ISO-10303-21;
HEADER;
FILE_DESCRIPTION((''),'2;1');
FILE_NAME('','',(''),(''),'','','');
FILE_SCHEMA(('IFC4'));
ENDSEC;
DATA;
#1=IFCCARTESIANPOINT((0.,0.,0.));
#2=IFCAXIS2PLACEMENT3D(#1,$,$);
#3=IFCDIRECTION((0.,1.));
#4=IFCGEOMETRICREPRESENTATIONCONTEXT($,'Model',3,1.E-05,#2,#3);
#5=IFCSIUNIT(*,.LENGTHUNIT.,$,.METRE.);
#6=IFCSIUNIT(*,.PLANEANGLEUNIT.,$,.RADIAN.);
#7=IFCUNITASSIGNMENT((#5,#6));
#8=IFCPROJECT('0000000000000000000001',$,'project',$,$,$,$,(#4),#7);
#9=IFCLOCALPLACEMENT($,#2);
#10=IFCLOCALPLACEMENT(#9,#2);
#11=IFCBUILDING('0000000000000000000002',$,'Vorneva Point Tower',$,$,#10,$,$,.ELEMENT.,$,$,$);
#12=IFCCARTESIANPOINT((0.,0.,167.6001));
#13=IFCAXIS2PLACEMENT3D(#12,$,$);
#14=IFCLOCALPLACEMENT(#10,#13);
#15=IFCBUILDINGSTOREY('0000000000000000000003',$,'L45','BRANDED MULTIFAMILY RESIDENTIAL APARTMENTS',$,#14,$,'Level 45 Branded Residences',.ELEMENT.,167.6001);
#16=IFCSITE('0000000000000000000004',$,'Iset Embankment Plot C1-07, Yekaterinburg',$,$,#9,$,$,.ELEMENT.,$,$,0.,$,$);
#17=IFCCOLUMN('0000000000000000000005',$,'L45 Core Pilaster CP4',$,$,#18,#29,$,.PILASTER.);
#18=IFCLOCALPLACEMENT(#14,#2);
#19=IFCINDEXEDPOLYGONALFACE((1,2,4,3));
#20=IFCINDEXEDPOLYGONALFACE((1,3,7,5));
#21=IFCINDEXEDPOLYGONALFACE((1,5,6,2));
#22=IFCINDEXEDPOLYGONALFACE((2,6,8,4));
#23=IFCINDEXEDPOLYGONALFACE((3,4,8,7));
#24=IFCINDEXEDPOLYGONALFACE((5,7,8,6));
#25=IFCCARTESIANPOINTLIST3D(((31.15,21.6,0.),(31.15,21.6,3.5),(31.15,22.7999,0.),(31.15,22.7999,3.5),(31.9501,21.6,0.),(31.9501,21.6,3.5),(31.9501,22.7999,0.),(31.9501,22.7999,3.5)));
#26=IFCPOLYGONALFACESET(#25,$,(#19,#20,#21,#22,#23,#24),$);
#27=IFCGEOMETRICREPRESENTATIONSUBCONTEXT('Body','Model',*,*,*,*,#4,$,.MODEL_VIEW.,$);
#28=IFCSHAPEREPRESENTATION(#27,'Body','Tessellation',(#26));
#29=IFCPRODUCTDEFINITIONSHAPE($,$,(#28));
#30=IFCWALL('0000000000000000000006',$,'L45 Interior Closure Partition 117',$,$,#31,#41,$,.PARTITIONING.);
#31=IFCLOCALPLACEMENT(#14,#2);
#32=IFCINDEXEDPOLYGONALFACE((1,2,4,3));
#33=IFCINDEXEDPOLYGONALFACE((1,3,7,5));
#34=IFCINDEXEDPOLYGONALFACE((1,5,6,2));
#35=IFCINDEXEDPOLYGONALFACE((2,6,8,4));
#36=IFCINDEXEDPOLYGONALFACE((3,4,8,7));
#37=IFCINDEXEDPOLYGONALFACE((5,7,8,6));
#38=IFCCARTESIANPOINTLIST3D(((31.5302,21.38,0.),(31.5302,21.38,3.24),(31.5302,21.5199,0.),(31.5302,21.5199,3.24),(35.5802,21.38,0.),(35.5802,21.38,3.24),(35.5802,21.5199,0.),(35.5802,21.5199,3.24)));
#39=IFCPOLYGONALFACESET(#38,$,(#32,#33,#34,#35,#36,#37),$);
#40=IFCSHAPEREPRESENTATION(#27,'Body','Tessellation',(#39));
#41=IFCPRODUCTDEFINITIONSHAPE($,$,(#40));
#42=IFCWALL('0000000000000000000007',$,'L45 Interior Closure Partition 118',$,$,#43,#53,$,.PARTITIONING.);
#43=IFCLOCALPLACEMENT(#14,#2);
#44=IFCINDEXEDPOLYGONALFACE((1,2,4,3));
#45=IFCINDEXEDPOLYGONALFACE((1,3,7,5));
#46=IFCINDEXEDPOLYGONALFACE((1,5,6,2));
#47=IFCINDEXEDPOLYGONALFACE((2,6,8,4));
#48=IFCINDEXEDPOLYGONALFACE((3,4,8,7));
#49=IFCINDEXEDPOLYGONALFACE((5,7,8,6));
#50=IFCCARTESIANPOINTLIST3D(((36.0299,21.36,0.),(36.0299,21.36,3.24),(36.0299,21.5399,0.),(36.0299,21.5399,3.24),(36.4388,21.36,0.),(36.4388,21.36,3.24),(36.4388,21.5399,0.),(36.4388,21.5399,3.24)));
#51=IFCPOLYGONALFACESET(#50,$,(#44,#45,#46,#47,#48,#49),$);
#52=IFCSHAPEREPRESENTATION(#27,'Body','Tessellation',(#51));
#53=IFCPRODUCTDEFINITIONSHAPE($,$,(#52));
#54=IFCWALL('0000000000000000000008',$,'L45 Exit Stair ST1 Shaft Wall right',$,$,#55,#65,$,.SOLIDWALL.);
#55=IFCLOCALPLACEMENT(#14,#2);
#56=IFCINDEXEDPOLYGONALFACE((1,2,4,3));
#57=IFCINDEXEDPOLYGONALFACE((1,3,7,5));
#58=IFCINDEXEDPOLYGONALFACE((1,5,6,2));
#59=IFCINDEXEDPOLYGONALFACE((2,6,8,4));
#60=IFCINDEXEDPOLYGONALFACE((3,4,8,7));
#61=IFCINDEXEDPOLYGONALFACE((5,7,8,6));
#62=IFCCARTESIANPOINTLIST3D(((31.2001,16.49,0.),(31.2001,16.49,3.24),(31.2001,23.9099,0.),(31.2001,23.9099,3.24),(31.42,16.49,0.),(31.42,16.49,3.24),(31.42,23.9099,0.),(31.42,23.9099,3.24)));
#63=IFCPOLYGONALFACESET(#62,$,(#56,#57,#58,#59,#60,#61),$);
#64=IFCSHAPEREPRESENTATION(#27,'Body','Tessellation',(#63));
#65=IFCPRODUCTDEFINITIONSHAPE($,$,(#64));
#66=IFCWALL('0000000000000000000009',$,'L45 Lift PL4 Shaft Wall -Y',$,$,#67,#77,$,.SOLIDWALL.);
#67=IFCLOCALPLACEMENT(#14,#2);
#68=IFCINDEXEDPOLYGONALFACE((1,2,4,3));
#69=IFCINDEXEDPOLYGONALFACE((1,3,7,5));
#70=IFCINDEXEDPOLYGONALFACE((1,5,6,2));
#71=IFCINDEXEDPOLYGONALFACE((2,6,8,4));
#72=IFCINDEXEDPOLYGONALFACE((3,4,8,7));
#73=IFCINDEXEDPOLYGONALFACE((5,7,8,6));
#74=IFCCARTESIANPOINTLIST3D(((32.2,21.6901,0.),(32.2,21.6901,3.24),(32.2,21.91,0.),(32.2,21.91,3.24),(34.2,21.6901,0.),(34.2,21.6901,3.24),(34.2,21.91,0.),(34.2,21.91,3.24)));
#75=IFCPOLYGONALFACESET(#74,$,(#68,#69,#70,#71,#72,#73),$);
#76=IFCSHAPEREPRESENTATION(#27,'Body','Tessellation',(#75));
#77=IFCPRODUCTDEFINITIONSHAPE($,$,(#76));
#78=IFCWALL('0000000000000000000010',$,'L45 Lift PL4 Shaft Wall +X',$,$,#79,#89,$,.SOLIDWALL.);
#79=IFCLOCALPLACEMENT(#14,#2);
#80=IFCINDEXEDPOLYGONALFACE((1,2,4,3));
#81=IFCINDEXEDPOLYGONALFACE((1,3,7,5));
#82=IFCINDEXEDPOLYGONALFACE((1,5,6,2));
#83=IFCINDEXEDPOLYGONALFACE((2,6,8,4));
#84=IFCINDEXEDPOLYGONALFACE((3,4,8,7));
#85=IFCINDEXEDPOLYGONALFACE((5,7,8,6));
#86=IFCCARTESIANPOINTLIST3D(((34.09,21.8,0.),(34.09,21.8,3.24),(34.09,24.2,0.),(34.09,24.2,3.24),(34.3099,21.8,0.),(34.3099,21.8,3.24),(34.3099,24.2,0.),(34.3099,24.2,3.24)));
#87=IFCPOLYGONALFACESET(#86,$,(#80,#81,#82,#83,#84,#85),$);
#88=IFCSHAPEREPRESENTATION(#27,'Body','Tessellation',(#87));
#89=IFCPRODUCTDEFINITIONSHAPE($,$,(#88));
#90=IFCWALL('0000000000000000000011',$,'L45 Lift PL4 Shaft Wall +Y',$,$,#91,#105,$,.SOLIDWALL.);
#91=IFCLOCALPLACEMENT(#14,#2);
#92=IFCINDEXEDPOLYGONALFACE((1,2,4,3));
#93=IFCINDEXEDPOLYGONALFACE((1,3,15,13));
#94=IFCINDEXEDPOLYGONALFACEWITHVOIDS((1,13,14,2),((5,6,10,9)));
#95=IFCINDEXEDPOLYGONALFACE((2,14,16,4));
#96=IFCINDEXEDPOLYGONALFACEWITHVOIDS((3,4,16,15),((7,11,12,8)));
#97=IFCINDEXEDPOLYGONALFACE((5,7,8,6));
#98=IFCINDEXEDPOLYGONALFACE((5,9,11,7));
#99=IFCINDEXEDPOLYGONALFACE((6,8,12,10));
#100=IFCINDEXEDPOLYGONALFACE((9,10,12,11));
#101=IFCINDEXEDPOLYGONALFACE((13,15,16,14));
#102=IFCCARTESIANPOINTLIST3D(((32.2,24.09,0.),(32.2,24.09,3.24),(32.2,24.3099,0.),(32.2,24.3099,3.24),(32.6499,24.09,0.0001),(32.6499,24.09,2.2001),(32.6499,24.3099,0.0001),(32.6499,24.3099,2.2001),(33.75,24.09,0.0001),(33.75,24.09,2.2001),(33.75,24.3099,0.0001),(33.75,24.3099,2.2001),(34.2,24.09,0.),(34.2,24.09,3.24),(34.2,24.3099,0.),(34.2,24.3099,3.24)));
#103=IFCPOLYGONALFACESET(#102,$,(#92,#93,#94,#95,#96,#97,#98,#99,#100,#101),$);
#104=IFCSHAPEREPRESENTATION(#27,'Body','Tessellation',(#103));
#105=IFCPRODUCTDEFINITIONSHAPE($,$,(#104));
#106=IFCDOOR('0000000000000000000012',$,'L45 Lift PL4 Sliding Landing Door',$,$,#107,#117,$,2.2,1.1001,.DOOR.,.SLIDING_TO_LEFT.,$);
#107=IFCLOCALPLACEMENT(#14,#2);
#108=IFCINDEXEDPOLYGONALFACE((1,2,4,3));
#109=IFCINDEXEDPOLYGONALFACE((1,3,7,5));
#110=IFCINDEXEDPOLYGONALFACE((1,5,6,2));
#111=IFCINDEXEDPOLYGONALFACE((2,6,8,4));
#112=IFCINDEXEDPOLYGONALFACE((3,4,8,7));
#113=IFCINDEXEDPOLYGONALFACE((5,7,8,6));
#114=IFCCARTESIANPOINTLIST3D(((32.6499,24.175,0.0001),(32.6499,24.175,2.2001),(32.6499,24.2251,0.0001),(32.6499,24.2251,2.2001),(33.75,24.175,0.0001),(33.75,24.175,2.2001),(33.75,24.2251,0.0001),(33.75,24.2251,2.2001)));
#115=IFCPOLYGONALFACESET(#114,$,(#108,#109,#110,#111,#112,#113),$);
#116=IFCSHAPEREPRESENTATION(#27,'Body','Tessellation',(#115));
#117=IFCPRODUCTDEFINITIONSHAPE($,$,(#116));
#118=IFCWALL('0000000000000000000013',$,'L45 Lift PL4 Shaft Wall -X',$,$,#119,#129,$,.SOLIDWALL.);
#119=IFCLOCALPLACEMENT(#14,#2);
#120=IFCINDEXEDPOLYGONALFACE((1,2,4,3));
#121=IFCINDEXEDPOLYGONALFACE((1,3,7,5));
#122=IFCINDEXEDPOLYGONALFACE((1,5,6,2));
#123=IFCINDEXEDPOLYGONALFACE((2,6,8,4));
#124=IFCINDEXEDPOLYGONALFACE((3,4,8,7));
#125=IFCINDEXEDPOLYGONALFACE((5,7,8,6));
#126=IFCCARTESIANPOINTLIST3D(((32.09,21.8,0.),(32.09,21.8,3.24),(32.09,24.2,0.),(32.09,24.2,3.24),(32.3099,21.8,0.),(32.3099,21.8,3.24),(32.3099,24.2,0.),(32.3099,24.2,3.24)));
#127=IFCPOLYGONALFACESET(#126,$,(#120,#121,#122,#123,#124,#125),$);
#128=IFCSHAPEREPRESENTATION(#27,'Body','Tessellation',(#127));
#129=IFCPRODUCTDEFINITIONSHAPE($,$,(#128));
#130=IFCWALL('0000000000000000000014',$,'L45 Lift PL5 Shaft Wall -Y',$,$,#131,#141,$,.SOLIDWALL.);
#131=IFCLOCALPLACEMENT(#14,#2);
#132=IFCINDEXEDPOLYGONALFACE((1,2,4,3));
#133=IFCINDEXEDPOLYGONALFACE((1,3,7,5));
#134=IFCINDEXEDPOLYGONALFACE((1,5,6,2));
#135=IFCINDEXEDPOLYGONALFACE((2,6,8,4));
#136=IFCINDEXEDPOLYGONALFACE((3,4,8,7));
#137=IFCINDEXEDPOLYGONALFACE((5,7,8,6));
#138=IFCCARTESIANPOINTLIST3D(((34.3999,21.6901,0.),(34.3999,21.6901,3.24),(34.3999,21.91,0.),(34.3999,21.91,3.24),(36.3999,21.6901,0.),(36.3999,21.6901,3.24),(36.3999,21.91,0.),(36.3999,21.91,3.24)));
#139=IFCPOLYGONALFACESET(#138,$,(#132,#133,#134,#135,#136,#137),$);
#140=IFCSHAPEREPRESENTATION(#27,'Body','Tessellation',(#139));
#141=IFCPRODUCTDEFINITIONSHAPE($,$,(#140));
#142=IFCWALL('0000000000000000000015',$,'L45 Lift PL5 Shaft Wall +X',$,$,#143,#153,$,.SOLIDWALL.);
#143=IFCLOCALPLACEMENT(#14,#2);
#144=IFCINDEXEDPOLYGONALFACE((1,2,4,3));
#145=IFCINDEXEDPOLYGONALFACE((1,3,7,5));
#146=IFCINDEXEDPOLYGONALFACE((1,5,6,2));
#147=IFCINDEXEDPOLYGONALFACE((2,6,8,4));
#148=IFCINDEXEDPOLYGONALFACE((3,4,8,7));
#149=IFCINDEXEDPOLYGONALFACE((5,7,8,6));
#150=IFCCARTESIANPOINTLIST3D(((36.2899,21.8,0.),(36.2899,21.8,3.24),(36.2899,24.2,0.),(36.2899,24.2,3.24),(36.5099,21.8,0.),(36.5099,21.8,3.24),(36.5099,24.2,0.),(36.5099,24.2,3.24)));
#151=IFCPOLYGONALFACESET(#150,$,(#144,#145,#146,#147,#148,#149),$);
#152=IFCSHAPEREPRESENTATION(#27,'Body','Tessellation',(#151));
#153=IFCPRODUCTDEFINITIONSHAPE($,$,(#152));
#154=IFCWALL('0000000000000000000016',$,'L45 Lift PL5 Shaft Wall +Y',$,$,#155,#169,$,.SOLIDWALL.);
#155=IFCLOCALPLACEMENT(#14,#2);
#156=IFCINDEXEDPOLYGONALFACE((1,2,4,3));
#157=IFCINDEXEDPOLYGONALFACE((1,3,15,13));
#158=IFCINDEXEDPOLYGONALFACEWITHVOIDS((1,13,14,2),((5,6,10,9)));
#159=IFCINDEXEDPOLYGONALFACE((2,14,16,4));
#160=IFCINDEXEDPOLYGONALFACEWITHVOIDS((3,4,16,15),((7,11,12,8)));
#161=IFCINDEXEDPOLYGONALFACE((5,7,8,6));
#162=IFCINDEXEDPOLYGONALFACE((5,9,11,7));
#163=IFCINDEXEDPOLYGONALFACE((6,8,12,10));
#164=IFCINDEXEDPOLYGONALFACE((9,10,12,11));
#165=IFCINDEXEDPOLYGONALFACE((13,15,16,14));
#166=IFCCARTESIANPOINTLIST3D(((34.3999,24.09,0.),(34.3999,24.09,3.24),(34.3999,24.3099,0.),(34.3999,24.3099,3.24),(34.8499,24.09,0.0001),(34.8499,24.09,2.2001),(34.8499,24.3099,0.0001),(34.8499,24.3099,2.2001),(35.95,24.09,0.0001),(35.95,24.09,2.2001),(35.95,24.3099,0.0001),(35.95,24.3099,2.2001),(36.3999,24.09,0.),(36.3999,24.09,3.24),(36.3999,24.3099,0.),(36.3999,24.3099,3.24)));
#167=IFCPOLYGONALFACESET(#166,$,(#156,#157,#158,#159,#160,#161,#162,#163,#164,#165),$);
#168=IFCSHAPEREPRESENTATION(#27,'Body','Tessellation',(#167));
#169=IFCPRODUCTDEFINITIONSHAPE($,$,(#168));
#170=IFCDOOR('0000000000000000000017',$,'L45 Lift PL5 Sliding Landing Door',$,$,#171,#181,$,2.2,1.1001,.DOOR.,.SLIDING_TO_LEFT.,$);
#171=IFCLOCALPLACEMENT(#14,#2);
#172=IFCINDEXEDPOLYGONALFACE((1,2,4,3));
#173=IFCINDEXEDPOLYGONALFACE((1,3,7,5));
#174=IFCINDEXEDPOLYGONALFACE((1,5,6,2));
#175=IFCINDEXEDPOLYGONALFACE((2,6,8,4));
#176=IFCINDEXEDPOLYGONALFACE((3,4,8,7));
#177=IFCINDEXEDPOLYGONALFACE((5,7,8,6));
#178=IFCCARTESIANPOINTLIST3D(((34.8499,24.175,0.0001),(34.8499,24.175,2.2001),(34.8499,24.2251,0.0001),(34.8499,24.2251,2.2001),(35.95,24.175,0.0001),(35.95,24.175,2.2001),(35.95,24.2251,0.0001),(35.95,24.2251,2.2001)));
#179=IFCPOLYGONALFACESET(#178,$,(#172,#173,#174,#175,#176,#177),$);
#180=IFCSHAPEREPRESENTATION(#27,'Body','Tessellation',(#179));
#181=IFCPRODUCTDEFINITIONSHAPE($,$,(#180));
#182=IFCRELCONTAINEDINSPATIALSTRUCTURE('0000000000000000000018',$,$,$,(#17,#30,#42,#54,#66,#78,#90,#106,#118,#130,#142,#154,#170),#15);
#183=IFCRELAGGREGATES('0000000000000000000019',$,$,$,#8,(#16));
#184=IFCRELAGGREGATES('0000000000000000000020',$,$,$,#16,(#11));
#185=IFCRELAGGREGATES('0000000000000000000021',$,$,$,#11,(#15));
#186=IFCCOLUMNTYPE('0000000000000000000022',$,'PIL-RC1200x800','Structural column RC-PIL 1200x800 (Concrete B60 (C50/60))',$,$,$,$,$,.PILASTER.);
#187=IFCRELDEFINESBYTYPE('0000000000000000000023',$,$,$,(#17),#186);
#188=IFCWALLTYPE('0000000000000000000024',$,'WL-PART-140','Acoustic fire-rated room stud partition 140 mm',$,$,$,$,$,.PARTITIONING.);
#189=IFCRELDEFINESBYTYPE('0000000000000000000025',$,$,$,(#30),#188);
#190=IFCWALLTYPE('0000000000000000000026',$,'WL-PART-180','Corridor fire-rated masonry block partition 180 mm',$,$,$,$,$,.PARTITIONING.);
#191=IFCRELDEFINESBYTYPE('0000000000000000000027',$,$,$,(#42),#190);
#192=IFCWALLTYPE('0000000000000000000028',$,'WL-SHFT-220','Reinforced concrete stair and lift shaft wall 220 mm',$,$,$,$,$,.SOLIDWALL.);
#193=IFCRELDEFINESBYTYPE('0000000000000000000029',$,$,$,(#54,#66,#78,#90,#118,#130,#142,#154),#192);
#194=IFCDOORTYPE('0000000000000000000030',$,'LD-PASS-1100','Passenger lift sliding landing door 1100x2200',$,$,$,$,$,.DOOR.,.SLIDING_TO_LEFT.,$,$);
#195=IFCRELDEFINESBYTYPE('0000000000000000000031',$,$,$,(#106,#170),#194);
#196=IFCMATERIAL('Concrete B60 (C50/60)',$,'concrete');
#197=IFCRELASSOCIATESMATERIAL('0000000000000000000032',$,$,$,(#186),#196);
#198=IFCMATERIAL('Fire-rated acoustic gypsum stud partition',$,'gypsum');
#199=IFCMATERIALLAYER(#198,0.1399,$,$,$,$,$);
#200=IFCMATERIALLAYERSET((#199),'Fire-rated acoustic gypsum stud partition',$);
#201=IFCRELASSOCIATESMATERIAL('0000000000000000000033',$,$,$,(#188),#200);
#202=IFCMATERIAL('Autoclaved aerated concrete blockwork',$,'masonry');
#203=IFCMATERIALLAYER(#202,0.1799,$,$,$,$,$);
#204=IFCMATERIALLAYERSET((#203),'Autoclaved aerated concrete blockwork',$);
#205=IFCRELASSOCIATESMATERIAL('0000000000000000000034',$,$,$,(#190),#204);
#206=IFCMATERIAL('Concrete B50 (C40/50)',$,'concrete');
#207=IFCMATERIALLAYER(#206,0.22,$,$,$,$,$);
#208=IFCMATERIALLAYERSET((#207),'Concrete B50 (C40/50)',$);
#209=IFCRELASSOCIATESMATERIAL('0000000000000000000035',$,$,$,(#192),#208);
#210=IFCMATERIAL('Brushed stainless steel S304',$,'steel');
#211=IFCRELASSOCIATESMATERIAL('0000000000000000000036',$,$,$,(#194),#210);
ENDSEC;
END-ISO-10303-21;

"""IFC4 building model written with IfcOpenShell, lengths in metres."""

from ifc_helpers import new_model, si_unit, direction, frame, frame_2d, origin, origin_2d, place, context, subcontext, project, spatial, rectangle, extrude, material, layer, layer_set, material_profile, profile_set, type_object, element, fill, save


model = new_model("IFC4")

# Units and contexts
model_context = context("Model", 3, precision=1e-05, world=origin(), true_north=direction((0.0, 1.0)))
body_context = subcontext(model_context, "Body", "Model", "MODEL_VIEW")
ifc_project = project(units=[si_unit("LENGTHUNIT", "METRE"), si_unit("PLANEANGLEUNIT", "RADIAN")], contexts=[model_context])

# Site, building, storey
site_placement = place(None, origin())
site = spatial("IfcSite", under=ifc_project, at=site_placement, Name="Iset Embankment Plot C1-07, Yekaterinburg", CompositionType="ELEMENT", RefElevation=0.0)
building_placement = place(site_placement, origin())
building = spatial("IfcBuilding", under=site, at=building_placement, Name="Vorneva Point Tower", CompositionType="ELEMENT")
storey_placement = place(building_placement, frame((0.0, 0.0, 167.6001)))
storey = spatial("IfcBuildingStorey", under=building, at=storey_placement, Name="L45", Description="BRANDED MULTIFAMILY RESIDENTIAL APARTMENTS", LongName="Level 45 Branded Residences", CompositionType="ELEMENT", Elevation=167.6001)

# Column
ifc_material_1 = material(Name="Concrete B60 (C50/60)", Category="concrete")
ifc_material_profile = material_profile(ifc_material_1, rectangle(XDim=0.8, YDim=1.2, at=origin_2d()), Name="RC-PIL 1200x800")
ifc_profile_set = profile_set([ifc_material_profile], Name="Concrete B60 (C50/60)")
column_type = type_object("IfcColumnType", Name="PIL-RC1200x800", Description="Structural column RC-PIL 1200x800 (Concrete B60 (C50/60))", PredefinedType="PILASTER", material=ifc_profile_set)
column_placement = place(storey_placement, frame((31.55, 22.2, 0.0), z_axis=(0.0, 0.0, 1.0), x_axis=(1.0, 0.0, 0.0)))
element("IfcColumn", 1, at=column_placement, inside=storey, type_object=column_type, Name="L45 Core Pilaster CP4", PredefinedType="PILASTER", context=body_context, shape_type="SweptSolid", body=[
    extrude(rectangle(XDim=0.8, YDim=1.2, at=origin_2d()), origin(), (0.0, 0.0, 1.0), 3.5),
])

# Wall
ifc_material_2 = material(Name="Fire-rated acoustic gypsum stud partition", Category="gypsum")
ifc_layer_1 = layer(ifc_material_2, 0.1399)
ifc_layer_set_1 = layer_set([ifc_layer_1], Name="Fire-rated acoustic gypsum stud partition")
wall_type_1 = type_object("IfcWallType", Name="WL-PART-140", Description="Acoustic fire-rated room stud partition 140 mm", PredefinedType="PARTITIONING", material=ifc_layer_set_1)
wall_1_placement = place(storey_placement, frame((35.5801, 21.45, 0.0), z_axis=(0.0, 0.0, 1.0), x_axis=(-1.0, 0.0, 0.0)))
element("IfcWall", 2, at=wall_1_placement, inside=storey, type_object=wall_type_1, Name="L45 Interior Closure Partition 117", PredefinedType="PARTITIONING", context=body_context, shape_type="SweptSolid", body=[
    extrude(rectangle(XDim=4.05, YDim=0.1399, at=frame_2d((2.0249, 0.0))), origin(), (0.0, 0.0, 1.0), 3.24),
])

# Shared definitions
ifc_material_3 = material(Name="Autoclaved aerated concrete blockwork", Category="masonry")
ifc_layer_2 = layer(ifc_material_3, 0.1799)
ifc_layer_set_2 = layer_set([ifc_layer_2], Name="Autoclaved aerated concrete blockwork")
wall_type_2 = type_object("IfcWallType", Name="WL-PART-180", Description="Corridor fire-rated masonry block partition 180 mm", PredefinedType="PARTITIONING", material=ifc_layer_set_2)

# Wall
wall_2_placement = place(storey_placement, frame((36.439, 21.45, 0.0), z_axis=(0.0, 0.0, 1.0), x_axis=(-1.0, 0.0, 0.0)))
element("IfcWall", 3, at=wall_2_placement, inside=storey, type_object=wall_type_2, Name="L45 Interior Closure Partition 118", PredefinedType="PARTITIONING", context=body_context, shape_type="SweptSolid", body=[
    extrude(rectangle(XDim=0.4089, YDim=0.1799, at=frame_2d((0.2046, 0.0))), origin(), (0.0, 0.0, 1.0), 3.24),
])

# Shared definitions
ifc_material_4 = material(Name="Concrete B50 (C40/50)", Category="concrete")
ifc_layer_3 = layer(ifc_material_4, 0.22)
ifc_layer_set_3 = layer_set([ifc_layer_3], Name="Concrete B50 (C40/50)")
wall_type_3 = type_object("IfcWallType", Name="WL-SHFT-220", Description="Reinforced concrete stair and lift shaft wall 220 mm", PredefinedType="SOLIDWALL", material=ifc_layer_set_3)

# Walls
wall_3_placement = place(storey_placement, frame((31.3101, 23.9099, 0.0), z_axis=(0.0, 0.0, 1.0), x_axis=(0.0, -1.0, 0.0)))
element("IfcWall", 4, at=wall_3_placement, inside=storey, type_object=wall_type_3, Name="L45 Exit Stair ST1 Shaft Wall right", PredefinedType="SOLIDWALL", context=body_context, shape_type="SweptSolid", body=[
    extrude(rectangle(XDim=7.4199, YDim=0.22, at=frame_2d((3.71, 0.0))), origin(), (0.0, 0.0, 1.0), 3.24),
])
wall_4_placement = place(storey_placement, frame((32.2, 21.8, 0.0), z_axis=(0.0, 0.0, 1.0), x_axis=(1.0, 0.0, 0.0)))
element("IfcWall", 5, at=wall_4_placement, inside=storey, type_object=wall_type_3, Name="L45 Lift PL4 Shaft Wall -Y", PredefinedType="SOLIDWALL", context=body_context, shape_type="SweptSolid", body=[
    extrude(rectangle(XDim=2.0, YDim=0.22, at=frame_2d((1.0, 0.0))), origin(), (0.0, 0.0, 1.0), 3.24),
])
wall_5_placement = place(storey_placement, frame((34.2, 21.8, 0.0), z_axis=(0.0, 0.0, 1.0), x_axis=(0.0, 1.0, 0.0)))
element("IfcWall", 6, at=wall_5_placement, inside=storey, type_object=wall_type_3, Name="L45 Lift PL4 Shaft Wall +X", PredefinedType="SOLIDWALL", context=body_context, shape_type="SweptSolid", body=[
    extrude(rectangle(XDim=2.3999, YDim=0.22, at=frame_2d((1.2, 0.0))), origin(), (0.0, 0.0, 1.0), 3.24),
])

# Wall, opening, door
wall_6_placement = place(storey_placement, frame((34.2, 24.2, 0.0), z_axis=(0.0, 0.0, 1.0), x_axis=(-1.0, 0.0, 0.0)))
wall_6 = element("IfcWall", 7, at=wall_6_placement, inside=storey, type_object=wall_type_3, Name="L45 Lift PL4 Shaft Wall +Y", PredefinedType="SOLIDWALL", context=body_context, shape_type="SweptSolid", body=[
    extrude(rectangle(XDim=2.0, YDim=0.22, at=frame_2d((1.0, 0.0))), origin(), (0.0, 0.0, 1.0), 3.24),
])
opening_1_placement = place(wall_6_placement, frame((0.45, 0.0, 0.0)))
opening_1 = element("IfcOpeningElement", 8, at=opening_1_placement, cuts=wall_6, PredefinedType="OPENING", context=body_context, shape_type="SweptSolid", body=[
    extrude(rectangle(XDim=1.1001, YDim=2.2, at=frame_2d((0.55, 1.1001))), frame((0.0, 0.125, 0.0), z_axis=(0.0, -1.0, 0.0), x_axis=(1.0, 0.0, 0.0)), (0.0, 0.0, 1.0), 0.2498),
])
ifc_material_5 = material(Name="Brushed stainless steel S304", Category="steel")
door_type_1 = type_object("IfcDoorType", Name="LD-PASS-1100", Description="Passenger lift sliding landing door 1100x2200", OperationType="SLIDING_TO_LEFT", PredefinedType="DOOR", material=ifc_material_5)
door_1_placement = place(opening_1_placement, origin())
door_1 = element("IfcDoor", 9, at=door_1_placement, inside=storey, type_object=door_type_1, Name="L45 Lift PL4 Sliding Landing Door", OperationType="SLIDING_TO_LEFT", OverallHeight=2.2, OverallWidth=1.1001, PredefinedType="DOOR", context=body_context, shape_type="SweptSolid", body=[
    extrude(rectangle(XDim=1.1001, YDim=2.2, at=frame_2d((0.55, 1.1001))), frame((0.0, 0.0249, 0.0), z_axis=(0.0, -1.0, 0.0), x_axis=(1.0, 0.0, 0.0)), (0.0, 0.0, 1.0), 0.05),
])
fill(opening_1, door_1)

# Walls
wall_7_placement = place(storey_placement, frame((32.2, 24.2, 0.0), z_axis=(0.0, 0.0, 1.0), x_axis=(0.0, -1.0, 0.0)))
element("IfcWall", 10, at=wall_7_placement, inside=storey, type_object=wall_type_3, Name="L45 Lift PL4 Shaft Wall -X", PredefinedType="SOLIDWALL", context=body_context, shape_type="SweptSolid", body=[
    extrude(rectangle(XDim=2.3999, YDim=0.22, at=frame_2d((1.2, 0.0))), origin(), (0.0, 0.0, 1.0), 3.24),
])
wall_8_placement = place(storey_placement, frame((34.3999, 21.8, 0.0), z_axis=(0.0, 0.0, 1.0), x_axis=(1.0, 0.0, 0.0)))
element("IfcWall", 11, at=wall_8_placement, inside=storey, type_object=wall_type_3, Name="L45 Lift PL5 Shaft Wall -Y", PredefinedType="SOLIDWALL", context=body_context, shape_type="SweptSolid", body=[
    extrude(rectangle(XDim=2.0, YDim=0.22, at=frame_2d((1.0, 0.0))), origin(), (0.0, 0.0, 1.0), 3.24),
])
wall_9_placement = place(storey_placement, frame((36.3999, 21.8, 0.0), z_axis=(0.0, 0.0, 1.0), x_axis=(0.0, 1.0, 0.0)))
element("IfcWall", 12, at=wall_9_placement, inside=storey, type_object=wall_type_3, Name="L45 Lift PL5 Shaft Wall +X", PredefinedType="SOLIDWALL", context=body_context, shape_type="SweptSolid", body=[
    extrude(rectangle(XDim=2.3999, YDim=0.22, at=frame_2d((1.2, 0.0))), origin(), (0.0, 0.0, 1.0), 3.24),
])

# Wall, opening, door
wall_10_placement = place(storey_placement, frame((36.3999, 24.2, 0.0), z_axis=(0.0, 0.0, 1.0), x_axis=(-1.0, 0.0, 0.0)))
wall_10 = element("IfcWall", 13, at=wall_10_placement, inside=storey, type_object=wall_type_3, Name="L45 Lift PL5 Shaft Wall +Y", PredefinedType="SOLIDWALL", context=body_context, shape_type="SweptSolid", body=[
    extrude(rectangle(XDim=2.0, YDim=0.22, at=frame_2d((1.0, 0.0))), origin(), (0.0, 0.0, 1.0), 3.24),
])
opening_2_placement = place(wall_10_placement, frame((0.45, 0.0, 0.0)))
opening_2 = element("IfcOpeningElement", 14, at=opening_2_placement, cuts=wall_10, PredefinedType="OPENING", context=body_context, shape_type="SweptSolid", body=[
    extrude(rectangle(XDim=1.1001, YDim=2.2, at=frame_2d((0.55, 1.1001))), frame((0.0, 0.125, 0.0), z_axis=(0.0, -1.0, 0.0), x_axis=(1.0, 0.0, 0.0)), (0.0, 0.0, 1.0), 0.2498),
])
door_2_placement = place(opening_2_placement, origin())
door_2 = element("IfcDoor", 15, at=door_2_placement, inside=storey, type_object=door_type_1, Name="L45 Lift PL5 Sliding Landing Door", OperationType="SLIDING_TO_LEFT", OverallHeight=2.2, OverallWidth=1.1001, PredefinedType="DOOR", context=body_context, shape_type="SweptSolid", body=[
    extrude(rectangle(XDim=1.1001, YDim=2.2, at=frame_2d((0.55, 1.1001))), frame((0.0, 0.0249, 0.0), z_axis=(0.0, -1.0, 0.0), x_axis=(1.0, 0.0, 0.0)), (0.0, 0.0, 1.0), 0.05),
])
fill(opening_2, door_2)

save(model, "model.ifc")
